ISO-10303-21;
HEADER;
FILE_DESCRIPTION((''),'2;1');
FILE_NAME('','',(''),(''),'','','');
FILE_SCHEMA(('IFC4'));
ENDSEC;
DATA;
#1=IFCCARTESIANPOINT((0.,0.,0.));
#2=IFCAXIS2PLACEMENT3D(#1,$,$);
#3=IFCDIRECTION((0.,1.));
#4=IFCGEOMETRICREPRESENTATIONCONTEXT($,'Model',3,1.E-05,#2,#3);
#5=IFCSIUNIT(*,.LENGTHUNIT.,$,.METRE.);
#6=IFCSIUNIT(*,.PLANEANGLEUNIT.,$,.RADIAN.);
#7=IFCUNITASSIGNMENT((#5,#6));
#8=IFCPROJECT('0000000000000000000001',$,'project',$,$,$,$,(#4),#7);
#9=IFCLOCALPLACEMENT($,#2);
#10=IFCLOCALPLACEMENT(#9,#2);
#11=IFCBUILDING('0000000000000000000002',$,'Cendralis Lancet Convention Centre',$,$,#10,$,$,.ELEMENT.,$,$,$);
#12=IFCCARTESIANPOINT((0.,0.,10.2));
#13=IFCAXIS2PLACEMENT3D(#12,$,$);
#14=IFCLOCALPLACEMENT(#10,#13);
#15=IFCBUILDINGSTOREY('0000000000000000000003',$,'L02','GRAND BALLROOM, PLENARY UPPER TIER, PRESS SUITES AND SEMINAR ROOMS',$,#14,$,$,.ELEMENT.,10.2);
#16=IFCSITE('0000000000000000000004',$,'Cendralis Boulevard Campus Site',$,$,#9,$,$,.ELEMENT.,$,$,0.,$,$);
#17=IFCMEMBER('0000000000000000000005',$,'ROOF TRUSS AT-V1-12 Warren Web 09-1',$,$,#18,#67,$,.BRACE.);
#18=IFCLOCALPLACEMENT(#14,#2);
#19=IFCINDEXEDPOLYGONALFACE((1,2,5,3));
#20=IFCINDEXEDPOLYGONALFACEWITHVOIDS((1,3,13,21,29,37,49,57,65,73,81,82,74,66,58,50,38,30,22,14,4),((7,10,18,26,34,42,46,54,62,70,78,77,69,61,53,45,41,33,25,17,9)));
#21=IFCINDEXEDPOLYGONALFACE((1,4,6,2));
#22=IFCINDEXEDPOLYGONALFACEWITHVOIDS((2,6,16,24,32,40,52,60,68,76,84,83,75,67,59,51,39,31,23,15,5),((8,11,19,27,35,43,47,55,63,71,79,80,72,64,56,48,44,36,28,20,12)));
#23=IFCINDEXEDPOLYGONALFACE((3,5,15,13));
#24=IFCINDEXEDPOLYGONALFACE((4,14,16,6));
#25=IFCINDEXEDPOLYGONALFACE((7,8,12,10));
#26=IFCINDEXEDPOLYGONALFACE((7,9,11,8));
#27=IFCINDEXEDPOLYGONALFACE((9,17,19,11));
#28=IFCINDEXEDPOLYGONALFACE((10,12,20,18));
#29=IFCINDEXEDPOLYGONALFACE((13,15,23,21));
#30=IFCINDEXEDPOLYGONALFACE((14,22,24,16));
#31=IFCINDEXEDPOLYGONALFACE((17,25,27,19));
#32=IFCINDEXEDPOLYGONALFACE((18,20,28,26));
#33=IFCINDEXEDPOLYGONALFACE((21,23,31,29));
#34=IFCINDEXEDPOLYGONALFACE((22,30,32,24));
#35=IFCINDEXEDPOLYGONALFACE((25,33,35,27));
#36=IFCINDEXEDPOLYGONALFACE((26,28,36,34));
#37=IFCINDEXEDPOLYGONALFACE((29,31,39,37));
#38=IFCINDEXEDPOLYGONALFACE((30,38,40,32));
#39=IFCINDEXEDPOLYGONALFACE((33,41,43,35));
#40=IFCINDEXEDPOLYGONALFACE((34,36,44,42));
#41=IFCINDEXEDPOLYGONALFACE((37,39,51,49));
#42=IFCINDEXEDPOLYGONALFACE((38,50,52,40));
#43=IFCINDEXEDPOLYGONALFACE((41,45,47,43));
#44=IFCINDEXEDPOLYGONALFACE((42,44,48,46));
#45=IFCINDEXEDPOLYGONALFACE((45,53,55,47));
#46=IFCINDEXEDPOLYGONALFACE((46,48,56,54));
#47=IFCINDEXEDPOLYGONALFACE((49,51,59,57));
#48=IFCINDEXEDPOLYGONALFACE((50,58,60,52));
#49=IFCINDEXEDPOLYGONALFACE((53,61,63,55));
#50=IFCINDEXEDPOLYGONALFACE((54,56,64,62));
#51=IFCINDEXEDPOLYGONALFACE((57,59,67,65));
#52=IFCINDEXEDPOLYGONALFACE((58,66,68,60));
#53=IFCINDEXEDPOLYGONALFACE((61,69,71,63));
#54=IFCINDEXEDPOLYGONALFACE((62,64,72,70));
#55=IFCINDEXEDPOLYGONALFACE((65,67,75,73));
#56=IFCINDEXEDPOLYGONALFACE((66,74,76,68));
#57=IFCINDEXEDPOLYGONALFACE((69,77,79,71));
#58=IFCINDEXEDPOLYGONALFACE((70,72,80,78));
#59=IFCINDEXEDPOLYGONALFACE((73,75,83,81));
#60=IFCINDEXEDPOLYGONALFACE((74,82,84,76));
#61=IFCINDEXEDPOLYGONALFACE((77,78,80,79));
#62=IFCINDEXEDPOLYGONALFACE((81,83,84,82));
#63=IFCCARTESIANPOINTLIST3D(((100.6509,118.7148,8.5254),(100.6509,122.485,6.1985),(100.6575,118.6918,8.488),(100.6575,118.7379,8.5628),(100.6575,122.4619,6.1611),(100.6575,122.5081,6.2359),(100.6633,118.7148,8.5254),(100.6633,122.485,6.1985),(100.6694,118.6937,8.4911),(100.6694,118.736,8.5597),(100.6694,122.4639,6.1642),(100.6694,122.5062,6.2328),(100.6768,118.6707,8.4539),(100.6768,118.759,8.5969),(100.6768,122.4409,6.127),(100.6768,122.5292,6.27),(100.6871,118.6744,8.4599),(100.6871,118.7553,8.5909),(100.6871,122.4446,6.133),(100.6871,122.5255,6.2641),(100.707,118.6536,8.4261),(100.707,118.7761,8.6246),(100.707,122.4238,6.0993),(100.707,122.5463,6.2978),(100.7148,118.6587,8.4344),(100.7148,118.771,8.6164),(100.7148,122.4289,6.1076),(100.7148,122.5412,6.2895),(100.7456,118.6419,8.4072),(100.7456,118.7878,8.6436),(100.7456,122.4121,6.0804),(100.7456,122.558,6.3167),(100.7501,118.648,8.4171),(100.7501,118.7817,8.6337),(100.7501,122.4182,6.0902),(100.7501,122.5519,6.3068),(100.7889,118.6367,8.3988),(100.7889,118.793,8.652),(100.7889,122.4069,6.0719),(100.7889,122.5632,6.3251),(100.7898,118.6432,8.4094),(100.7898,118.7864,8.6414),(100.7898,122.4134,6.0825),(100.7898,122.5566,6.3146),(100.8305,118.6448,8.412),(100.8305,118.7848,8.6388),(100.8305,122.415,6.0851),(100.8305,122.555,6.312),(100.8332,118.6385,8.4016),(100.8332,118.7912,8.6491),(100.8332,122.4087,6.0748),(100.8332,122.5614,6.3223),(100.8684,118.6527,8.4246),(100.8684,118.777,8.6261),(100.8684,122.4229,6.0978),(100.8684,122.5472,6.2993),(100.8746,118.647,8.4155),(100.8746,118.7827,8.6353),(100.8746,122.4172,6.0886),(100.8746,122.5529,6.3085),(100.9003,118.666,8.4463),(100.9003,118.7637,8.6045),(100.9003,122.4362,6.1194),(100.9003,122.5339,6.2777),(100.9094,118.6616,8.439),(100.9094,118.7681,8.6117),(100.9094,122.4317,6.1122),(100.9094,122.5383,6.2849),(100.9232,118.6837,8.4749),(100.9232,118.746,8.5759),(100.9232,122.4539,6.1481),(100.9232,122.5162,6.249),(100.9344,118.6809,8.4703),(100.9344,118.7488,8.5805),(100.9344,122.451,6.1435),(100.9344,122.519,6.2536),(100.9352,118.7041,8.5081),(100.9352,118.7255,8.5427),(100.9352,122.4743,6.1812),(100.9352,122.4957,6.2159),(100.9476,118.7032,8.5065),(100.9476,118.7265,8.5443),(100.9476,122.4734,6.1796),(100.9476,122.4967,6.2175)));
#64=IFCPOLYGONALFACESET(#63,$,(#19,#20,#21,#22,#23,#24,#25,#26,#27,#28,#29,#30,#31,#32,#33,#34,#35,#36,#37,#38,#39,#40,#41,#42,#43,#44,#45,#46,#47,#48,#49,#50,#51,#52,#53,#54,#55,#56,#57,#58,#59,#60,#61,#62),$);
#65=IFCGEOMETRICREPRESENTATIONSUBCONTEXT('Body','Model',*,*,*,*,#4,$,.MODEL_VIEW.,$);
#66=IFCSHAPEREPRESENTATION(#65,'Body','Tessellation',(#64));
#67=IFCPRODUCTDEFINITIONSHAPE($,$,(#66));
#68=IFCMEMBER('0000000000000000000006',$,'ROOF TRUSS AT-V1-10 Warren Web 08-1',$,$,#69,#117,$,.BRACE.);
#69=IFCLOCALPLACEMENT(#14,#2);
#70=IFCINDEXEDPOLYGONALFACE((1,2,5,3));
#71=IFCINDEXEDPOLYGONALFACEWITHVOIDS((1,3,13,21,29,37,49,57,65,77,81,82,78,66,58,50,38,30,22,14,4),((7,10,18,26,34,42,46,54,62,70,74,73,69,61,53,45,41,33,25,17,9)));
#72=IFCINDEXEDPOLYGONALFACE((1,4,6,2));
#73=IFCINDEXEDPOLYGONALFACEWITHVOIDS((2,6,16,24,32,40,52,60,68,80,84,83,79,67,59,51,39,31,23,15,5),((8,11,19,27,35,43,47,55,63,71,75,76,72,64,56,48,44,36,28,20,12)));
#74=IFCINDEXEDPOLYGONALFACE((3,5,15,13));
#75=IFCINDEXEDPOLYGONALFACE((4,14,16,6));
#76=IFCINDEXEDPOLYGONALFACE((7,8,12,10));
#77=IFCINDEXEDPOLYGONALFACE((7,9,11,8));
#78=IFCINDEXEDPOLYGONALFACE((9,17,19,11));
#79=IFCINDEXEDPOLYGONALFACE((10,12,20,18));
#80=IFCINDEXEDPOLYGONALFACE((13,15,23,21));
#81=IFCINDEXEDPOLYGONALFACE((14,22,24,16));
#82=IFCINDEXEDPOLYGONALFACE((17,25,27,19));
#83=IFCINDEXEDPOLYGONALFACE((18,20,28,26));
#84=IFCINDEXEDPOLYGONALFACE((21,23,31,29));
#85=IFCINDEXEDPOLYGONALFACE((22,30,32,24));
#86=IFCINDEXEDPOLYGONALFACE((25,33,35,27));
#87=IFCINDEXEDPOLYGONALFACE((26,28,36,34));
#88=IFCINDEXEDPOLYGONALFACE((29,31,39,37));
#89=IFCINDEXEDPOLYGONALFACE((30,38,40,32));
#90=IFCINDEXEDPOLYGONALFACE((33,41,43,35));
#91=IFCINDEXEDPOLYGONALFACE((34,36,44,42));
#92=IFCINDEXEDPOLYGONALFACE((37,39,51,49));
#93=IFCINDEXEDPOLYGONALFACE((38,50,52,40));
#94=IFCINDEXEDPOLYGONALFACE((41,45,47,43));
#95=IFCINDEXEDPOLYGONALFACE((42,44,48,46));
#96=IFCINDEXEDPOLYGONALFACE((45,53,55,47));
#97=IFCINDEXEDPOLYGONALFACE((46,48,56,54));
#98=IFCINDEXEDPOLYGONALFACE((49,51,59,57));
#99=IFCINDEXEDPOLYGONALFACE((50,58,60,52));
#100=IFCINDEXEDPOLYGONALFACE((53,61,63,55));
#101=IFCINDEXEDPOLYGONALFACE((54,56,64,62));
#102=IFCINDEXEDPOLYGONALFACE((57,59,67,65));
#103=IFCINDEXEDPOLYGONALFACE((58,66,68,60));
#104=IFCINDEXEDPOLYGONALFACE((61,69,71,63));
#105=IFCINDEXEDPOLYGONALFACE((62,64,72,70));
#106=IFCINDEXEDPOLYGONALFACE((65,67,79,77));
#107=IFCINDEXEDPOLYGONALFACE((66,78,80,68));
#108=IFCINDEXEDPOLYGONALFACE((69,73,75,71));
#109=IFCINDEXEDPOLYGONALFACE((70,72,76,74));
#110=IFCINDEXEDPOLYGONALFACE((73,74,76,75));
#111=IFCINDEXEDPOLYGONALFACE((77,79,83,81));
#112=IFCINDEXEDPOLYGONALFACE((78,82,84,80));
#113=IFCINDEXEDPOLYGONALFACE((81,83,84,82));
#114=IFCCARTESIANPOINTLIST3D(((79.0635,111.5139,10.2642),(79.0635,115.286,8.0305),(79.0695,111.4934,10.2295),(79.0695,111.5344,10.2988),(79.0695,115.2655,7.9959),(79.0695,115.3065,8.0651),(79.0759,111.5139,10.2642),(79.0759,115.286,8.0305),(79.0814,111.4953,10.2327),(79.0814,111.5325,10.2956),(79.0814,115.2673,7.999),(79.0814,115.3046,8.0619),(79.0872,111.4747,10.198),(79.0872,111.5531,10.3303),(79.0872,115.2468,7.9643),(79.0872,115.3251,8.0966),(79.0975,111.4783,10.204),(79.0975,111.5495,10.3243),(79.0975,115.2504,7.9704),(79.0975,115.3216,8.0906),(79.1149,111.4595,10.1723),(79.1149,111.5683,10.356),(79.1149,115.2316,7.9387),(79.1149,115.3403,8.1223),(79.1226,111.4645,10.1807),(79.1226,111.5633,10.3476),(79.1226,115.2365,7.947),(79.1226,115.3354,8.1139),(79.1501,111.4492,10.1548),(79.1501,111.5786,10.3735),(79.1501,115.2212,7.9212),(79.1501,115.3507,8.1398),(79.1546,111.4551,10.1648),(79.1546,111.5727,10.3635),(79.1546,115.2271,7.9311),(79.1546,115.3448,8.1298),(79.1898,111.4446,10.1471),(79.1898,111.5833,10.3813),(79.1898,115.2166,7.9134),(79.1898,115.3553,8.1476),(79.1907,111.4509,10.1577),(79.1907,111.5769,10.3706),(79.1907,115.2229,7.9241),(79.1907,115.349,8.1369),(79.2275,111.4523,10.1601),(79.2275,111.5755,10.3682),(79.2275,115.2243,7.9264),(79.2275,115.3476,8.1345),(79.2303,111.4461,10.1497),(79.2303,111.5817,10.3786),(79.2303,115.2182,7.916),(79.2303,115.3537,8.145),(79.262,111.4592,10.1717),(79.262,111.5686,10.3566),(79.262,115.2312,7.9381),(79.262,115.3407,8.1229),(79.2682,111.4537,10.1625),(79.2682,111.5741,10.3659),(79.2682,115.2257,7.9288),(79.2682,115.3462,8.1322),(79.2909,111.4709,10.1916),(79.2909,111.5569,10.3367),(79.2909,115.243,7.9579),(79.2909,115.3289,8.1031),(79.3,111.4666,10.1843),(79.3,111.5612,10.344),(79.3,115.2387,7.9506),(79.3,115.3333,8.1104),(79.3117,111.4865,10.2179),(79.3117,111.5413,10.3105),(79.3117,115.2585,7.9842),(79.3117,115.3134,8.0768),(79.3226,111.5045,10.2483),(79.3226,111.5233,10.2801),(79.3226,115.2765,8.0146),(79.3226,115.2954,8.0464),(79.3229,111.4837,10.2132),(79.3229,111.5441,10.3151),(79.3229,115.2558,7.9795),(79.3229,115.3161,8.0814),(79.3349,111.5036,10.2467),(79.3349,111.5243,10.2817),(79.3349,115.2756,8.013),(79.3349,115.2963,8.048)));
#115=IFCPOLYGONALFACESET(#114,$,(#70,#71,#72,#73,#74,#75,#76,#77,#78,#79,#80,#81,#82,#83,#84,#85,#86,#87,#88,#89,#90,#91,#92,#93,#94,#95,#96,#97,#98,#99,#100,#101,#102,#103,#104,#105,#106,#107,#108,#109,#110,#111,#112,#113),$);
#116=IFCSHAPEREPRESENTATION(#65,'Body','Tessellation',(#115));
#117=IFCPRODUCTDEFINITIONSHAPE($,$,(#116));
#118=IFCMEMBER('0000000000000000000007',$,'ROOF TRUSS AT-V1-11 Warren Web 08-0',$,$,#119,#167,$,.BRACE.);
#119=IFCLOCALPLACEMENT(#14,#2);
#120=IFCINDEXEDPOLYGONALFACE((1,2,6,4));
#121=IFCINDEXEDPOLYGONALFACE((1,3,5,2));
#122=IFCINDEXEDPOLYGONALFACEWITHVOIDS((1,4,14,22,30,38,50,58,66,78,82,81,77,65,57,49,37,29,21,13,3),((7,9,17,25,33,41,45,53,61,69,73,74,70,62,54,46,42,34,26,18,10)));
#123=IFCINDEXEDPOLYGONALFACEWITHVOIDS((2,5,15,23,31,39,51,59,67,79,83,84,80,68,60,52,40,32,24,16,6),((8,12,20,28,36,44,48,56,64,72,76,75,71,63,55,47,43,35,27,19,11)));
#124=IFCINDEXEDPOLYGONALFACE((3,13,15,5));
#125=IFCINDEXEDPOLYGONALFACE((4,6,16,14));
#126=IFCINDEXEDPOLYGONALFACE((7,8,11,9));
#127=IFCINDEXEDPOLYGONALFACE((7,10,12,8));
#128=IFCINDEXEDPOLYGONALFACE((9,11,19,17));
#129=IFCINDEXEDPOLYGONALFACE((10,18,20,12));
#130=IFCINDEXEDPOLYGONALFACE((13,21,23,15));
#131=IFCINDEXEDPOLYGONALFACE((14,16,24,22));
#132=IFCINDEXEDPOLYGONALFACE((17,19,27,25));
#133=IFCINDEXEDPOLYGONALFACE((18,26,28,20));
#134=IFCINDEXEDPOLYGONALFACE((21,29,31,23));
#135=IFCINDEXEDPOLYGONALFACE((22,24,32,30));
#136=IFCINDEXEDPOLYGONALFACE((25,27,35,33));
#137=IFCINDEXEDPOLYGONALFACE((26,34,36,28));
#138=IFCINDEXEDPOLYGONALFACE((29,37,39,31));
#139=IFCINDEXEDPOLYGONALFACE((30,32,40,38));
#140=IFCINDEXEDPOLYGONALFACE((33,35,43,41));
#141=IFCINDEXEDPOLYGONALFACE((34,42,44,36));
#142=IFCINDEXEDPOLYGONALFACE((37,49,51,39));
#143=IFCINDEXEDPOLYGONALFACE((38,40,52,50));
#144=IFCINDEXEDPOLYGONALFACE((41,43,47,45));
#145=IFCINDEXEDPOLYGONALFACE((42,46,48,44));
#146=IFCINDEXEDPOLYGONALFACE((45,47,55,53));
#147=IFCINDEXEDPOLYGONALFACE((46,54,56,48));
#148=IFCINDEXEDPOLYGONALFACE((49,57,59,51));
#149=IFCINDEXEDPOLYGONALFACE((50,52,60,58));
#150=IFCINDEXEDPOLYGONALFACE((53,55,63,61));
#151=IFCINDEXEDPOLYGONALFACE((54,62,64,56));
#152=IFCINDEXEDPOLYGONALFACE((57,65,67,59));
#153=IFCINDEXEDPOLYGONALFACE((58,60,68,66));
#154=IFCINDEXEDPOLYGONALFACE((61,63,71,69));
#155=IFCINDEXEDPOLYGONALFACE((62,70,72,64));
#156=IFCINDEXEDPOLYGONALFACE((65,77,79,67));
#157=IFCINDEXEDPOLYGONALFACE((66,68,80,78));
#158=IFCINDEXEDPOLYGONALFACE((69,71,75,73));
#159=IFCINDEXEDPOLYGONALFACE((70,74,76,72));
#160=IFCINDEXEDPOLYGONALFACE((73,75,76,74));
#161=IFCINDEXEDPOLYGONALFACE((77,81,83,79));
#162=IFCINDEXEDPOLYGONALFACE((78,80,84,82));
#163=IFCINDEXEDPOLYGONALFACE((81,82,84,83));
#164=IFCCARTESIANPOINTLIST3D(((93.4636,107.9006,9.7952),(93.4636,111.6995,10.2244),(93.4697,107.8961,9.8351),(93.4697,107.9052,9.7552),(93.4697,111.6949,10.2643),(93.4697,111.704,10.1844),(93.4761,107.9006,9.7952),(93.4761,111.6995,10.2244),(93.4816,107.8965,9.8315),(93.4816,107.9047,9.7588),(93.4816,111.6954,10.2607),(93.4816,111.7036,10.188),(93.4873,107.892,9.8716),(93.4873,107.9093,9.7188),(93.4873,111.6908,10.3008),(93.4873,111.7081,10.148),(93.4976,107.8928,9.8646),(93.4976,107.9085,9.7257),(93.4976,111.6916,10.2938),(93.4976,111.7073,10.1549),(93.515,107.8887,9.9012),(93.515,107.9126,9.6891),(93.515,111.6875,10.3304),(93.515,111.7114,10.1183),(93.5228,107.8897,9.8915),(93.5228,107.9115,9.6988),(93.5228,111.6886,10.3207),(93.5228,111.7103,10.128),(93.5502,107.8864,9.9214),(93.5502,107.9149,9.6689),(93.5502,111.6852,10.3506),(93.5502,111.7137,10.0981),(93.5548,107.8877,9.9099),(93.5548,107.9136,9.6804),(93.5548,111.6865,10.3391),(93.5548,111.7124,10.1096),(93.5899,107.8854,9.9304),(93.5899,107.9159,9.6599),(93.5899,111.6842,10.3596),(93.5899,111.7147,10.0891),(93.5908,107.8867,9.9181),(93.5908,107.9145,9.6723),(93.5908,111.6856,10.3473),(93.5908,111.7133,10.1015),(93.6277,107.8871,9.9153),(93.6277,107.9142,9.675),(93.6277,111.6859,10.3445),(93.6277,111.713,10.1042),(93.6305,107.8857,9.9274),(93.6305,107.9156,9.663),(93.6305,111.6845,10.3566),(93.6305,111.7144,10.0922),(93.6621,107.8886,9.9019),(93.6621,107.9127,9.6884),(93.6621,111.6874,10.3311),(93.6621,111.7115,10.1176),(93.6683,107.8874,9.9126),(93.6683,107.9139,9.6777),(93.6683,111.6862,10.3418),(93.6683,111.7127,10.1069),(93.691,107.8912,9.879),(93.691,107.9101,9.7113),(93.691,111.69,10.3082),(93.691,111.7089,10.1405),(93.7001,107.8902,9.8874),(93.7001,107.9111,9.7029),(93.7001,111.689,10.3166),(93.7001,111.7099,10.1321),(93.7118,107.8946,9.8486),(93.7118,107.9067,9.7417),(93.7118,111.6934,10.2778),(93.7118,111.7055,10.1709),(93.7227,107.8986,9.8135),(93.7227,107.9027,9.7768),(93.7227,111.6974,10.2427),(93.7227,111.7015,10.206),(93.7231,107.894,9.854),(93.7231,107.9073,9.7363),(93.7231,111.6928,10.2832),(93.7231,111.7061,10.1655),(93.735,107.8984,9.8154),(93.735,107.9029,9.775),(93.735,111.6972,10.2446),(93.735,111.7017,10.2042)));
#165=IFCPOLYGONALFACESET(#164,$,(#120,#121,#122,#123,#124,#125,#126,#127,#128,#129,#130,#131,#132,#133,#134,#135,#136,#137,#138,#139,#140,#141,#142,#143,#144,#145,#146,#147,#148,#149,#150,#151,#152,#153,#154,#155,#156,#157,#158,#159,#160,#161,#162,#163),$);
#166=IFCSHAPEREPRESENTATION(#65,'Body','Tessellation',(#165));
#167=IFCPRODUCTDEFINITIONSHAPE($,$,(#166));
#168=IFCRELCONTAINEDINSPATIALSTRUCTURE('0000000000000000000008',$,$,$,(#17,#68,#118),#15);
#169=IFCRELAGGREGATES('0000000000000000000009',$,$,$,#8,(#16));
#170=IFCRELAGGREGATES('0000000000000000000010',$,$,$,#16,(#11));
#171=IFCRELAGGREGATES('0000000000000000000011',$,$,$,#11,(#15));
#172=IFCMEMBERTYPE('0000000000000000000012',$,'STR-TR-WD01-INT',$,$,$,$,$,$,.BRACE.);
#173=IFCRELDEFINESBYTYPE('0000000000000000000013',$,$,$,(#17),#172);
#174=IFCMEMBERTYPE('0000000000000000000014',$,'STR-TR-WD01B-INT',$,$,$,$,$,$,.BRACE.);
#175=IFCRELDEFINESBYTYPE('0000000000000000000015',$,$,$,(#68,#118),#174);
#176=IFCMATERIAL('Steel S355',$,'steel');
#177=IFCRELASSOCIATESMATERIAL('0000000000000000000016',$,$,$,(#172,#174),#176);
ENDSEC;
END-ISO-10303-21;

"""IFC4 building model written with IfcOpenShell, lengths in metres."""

from ifc_helpers import new_model, si_unit, direction, frame, origin, origin_2d, place, context, subcontext, project, spatial, hollow_circle, extrude, material, material_profile, profile_set, type_object, element, save


model = new_model("IFC4")

# Units and contexts
model_context = context("Model", 3, precision=1e-05, world=origin(), true_north=direction((0.0, 1.0)))
body_context = subcontext(model_context, "Body", "Model", "MODEL_VIEW")
ifc_project = project(units=[si_unit("LENGTHUNIT", "METRE"), si_unit("PLANEANGLEUNIT", "RADIAN")], contexts=[model_context])

# Site, building, storey
site_placement = place(None, origin())
site = spatial("IfcSite", under=ifc_project, at=site_placement, Name="Cendralis Boulevard Campus Site", CompositionType="ELEMENT", RefElevation=0.0)
building_placement = place(site_placement, origin())
building = spatial("IfcBuilding", under=site, at=building_placement, Name="Cendralis Lancet Convention Centre", CompositionType="ELEMENT")
storey_placement = place(building_placement, frame((0.0, 0.0, 10.2)))
storey = spatial("IfcBuildingStorey", under=building, at=storey_placement, Name="L02", Description="GRAND BALLROOM, PLENARY UPPER TIER, PRESS SUITES AND SEMINAR ROOMS", CompositionType="ELEMENT", Elevation=10.2)

# Members
ifc_material = material(Name="Steel S355", Category="steel")
ifc_material_profile_1 = material_profile(ifc_material, hollow_circle(Radius=0.1492, WallThickness=0.0125, at=origin_2d()), Name="CHS 298.5x12.5")
ifc_profile_set_1 = profile_set([ifc_material_profile_1], Name="Steel S355")
member_type_1 = type_object("IfcMemberType", Name="STR-TR-WD01-INT", PredefinedType="BRACE", material=ifc_profile_set_1)
member_1_placement = place(storey_placement, frame((100.8, 118.7148, 8.5254), z_axis=(0.0, 0.850978, -0.525201), x_axis=(-1.0, 0.0, 0.0)))
element("IfcMember", 1, at=member_1_placement, inside=storey, type_object=member_type_1, Name="ROOF TRUSS AT-V1-12 Warren Web 09-1", PredefinedType="BRACE", context=body_context, shape_type="SweptSolid", body=[
    extrude(hollow_circle(Radius=0.1492, WallThickness=0.0125, at=origin_2d()), origin(), (0.0, 0.0, 1.0), 4.4304),
])
ifc_material_profile_2 = material_profile(ifc_material, hollow_circle(Radius=0.1365, WallThickness=0.0125, at=origin_2d()), Name="CHS 273.0x12.5")
ifc_profile_set_2 = profile_set([ifc_material_profile_2], Name="Steel S355")
member_type_2 = type_object("IfcMemberType", Name="STR-TR-WD01B-INT", PredefinedType="BRACE", material=ifc_profile_set_2)
member_2_placement = place(storey_placement, frame((79.2, 111.5139, 10.2642), z_axis=(0.0, 0.860452, -0.509532), x_axis=(-1.0, 0.0, 0.0)))
element("IfcMember", 2, at=member_2_placement, inside=storey, type_object=member_type_2, Name="ROOF TRUSS AT-V1-10 Warren Web 08-1", PredefinedType="BRACE", context=body_context, shape_type="SweptSolid", body=[
    extrude(hollow_circle(Radius=0.1365, WallThickness=0.0125, at=origin_2d()), origin(), (0.0, 0.0, 1.0), 4.3838),
])
member_3_placement = place(storey_placement, frame((93.6001, 107.9006, 9.7952), z_axis=(0.0, 0.993678, 0.112268), x_axis=(-1.0, 0.0, 0.0)))
element("IfcMember", 3, at=member_3_placement, inside=storey, type_object=member_type_2, Name="ROOF TRUSS AT-V1-11 Warren Web 08-0", PredefinedType="BRACE", context=body_context, shape_type="SweptSolid", body=[
    extrude(hollow_circle(Radius=0.1365, WallThickness=0.0125, at=origin_2d()), origin(), (0.0, 0.0, 1.0), 3.823),
])

save(model, "model.ifc")
